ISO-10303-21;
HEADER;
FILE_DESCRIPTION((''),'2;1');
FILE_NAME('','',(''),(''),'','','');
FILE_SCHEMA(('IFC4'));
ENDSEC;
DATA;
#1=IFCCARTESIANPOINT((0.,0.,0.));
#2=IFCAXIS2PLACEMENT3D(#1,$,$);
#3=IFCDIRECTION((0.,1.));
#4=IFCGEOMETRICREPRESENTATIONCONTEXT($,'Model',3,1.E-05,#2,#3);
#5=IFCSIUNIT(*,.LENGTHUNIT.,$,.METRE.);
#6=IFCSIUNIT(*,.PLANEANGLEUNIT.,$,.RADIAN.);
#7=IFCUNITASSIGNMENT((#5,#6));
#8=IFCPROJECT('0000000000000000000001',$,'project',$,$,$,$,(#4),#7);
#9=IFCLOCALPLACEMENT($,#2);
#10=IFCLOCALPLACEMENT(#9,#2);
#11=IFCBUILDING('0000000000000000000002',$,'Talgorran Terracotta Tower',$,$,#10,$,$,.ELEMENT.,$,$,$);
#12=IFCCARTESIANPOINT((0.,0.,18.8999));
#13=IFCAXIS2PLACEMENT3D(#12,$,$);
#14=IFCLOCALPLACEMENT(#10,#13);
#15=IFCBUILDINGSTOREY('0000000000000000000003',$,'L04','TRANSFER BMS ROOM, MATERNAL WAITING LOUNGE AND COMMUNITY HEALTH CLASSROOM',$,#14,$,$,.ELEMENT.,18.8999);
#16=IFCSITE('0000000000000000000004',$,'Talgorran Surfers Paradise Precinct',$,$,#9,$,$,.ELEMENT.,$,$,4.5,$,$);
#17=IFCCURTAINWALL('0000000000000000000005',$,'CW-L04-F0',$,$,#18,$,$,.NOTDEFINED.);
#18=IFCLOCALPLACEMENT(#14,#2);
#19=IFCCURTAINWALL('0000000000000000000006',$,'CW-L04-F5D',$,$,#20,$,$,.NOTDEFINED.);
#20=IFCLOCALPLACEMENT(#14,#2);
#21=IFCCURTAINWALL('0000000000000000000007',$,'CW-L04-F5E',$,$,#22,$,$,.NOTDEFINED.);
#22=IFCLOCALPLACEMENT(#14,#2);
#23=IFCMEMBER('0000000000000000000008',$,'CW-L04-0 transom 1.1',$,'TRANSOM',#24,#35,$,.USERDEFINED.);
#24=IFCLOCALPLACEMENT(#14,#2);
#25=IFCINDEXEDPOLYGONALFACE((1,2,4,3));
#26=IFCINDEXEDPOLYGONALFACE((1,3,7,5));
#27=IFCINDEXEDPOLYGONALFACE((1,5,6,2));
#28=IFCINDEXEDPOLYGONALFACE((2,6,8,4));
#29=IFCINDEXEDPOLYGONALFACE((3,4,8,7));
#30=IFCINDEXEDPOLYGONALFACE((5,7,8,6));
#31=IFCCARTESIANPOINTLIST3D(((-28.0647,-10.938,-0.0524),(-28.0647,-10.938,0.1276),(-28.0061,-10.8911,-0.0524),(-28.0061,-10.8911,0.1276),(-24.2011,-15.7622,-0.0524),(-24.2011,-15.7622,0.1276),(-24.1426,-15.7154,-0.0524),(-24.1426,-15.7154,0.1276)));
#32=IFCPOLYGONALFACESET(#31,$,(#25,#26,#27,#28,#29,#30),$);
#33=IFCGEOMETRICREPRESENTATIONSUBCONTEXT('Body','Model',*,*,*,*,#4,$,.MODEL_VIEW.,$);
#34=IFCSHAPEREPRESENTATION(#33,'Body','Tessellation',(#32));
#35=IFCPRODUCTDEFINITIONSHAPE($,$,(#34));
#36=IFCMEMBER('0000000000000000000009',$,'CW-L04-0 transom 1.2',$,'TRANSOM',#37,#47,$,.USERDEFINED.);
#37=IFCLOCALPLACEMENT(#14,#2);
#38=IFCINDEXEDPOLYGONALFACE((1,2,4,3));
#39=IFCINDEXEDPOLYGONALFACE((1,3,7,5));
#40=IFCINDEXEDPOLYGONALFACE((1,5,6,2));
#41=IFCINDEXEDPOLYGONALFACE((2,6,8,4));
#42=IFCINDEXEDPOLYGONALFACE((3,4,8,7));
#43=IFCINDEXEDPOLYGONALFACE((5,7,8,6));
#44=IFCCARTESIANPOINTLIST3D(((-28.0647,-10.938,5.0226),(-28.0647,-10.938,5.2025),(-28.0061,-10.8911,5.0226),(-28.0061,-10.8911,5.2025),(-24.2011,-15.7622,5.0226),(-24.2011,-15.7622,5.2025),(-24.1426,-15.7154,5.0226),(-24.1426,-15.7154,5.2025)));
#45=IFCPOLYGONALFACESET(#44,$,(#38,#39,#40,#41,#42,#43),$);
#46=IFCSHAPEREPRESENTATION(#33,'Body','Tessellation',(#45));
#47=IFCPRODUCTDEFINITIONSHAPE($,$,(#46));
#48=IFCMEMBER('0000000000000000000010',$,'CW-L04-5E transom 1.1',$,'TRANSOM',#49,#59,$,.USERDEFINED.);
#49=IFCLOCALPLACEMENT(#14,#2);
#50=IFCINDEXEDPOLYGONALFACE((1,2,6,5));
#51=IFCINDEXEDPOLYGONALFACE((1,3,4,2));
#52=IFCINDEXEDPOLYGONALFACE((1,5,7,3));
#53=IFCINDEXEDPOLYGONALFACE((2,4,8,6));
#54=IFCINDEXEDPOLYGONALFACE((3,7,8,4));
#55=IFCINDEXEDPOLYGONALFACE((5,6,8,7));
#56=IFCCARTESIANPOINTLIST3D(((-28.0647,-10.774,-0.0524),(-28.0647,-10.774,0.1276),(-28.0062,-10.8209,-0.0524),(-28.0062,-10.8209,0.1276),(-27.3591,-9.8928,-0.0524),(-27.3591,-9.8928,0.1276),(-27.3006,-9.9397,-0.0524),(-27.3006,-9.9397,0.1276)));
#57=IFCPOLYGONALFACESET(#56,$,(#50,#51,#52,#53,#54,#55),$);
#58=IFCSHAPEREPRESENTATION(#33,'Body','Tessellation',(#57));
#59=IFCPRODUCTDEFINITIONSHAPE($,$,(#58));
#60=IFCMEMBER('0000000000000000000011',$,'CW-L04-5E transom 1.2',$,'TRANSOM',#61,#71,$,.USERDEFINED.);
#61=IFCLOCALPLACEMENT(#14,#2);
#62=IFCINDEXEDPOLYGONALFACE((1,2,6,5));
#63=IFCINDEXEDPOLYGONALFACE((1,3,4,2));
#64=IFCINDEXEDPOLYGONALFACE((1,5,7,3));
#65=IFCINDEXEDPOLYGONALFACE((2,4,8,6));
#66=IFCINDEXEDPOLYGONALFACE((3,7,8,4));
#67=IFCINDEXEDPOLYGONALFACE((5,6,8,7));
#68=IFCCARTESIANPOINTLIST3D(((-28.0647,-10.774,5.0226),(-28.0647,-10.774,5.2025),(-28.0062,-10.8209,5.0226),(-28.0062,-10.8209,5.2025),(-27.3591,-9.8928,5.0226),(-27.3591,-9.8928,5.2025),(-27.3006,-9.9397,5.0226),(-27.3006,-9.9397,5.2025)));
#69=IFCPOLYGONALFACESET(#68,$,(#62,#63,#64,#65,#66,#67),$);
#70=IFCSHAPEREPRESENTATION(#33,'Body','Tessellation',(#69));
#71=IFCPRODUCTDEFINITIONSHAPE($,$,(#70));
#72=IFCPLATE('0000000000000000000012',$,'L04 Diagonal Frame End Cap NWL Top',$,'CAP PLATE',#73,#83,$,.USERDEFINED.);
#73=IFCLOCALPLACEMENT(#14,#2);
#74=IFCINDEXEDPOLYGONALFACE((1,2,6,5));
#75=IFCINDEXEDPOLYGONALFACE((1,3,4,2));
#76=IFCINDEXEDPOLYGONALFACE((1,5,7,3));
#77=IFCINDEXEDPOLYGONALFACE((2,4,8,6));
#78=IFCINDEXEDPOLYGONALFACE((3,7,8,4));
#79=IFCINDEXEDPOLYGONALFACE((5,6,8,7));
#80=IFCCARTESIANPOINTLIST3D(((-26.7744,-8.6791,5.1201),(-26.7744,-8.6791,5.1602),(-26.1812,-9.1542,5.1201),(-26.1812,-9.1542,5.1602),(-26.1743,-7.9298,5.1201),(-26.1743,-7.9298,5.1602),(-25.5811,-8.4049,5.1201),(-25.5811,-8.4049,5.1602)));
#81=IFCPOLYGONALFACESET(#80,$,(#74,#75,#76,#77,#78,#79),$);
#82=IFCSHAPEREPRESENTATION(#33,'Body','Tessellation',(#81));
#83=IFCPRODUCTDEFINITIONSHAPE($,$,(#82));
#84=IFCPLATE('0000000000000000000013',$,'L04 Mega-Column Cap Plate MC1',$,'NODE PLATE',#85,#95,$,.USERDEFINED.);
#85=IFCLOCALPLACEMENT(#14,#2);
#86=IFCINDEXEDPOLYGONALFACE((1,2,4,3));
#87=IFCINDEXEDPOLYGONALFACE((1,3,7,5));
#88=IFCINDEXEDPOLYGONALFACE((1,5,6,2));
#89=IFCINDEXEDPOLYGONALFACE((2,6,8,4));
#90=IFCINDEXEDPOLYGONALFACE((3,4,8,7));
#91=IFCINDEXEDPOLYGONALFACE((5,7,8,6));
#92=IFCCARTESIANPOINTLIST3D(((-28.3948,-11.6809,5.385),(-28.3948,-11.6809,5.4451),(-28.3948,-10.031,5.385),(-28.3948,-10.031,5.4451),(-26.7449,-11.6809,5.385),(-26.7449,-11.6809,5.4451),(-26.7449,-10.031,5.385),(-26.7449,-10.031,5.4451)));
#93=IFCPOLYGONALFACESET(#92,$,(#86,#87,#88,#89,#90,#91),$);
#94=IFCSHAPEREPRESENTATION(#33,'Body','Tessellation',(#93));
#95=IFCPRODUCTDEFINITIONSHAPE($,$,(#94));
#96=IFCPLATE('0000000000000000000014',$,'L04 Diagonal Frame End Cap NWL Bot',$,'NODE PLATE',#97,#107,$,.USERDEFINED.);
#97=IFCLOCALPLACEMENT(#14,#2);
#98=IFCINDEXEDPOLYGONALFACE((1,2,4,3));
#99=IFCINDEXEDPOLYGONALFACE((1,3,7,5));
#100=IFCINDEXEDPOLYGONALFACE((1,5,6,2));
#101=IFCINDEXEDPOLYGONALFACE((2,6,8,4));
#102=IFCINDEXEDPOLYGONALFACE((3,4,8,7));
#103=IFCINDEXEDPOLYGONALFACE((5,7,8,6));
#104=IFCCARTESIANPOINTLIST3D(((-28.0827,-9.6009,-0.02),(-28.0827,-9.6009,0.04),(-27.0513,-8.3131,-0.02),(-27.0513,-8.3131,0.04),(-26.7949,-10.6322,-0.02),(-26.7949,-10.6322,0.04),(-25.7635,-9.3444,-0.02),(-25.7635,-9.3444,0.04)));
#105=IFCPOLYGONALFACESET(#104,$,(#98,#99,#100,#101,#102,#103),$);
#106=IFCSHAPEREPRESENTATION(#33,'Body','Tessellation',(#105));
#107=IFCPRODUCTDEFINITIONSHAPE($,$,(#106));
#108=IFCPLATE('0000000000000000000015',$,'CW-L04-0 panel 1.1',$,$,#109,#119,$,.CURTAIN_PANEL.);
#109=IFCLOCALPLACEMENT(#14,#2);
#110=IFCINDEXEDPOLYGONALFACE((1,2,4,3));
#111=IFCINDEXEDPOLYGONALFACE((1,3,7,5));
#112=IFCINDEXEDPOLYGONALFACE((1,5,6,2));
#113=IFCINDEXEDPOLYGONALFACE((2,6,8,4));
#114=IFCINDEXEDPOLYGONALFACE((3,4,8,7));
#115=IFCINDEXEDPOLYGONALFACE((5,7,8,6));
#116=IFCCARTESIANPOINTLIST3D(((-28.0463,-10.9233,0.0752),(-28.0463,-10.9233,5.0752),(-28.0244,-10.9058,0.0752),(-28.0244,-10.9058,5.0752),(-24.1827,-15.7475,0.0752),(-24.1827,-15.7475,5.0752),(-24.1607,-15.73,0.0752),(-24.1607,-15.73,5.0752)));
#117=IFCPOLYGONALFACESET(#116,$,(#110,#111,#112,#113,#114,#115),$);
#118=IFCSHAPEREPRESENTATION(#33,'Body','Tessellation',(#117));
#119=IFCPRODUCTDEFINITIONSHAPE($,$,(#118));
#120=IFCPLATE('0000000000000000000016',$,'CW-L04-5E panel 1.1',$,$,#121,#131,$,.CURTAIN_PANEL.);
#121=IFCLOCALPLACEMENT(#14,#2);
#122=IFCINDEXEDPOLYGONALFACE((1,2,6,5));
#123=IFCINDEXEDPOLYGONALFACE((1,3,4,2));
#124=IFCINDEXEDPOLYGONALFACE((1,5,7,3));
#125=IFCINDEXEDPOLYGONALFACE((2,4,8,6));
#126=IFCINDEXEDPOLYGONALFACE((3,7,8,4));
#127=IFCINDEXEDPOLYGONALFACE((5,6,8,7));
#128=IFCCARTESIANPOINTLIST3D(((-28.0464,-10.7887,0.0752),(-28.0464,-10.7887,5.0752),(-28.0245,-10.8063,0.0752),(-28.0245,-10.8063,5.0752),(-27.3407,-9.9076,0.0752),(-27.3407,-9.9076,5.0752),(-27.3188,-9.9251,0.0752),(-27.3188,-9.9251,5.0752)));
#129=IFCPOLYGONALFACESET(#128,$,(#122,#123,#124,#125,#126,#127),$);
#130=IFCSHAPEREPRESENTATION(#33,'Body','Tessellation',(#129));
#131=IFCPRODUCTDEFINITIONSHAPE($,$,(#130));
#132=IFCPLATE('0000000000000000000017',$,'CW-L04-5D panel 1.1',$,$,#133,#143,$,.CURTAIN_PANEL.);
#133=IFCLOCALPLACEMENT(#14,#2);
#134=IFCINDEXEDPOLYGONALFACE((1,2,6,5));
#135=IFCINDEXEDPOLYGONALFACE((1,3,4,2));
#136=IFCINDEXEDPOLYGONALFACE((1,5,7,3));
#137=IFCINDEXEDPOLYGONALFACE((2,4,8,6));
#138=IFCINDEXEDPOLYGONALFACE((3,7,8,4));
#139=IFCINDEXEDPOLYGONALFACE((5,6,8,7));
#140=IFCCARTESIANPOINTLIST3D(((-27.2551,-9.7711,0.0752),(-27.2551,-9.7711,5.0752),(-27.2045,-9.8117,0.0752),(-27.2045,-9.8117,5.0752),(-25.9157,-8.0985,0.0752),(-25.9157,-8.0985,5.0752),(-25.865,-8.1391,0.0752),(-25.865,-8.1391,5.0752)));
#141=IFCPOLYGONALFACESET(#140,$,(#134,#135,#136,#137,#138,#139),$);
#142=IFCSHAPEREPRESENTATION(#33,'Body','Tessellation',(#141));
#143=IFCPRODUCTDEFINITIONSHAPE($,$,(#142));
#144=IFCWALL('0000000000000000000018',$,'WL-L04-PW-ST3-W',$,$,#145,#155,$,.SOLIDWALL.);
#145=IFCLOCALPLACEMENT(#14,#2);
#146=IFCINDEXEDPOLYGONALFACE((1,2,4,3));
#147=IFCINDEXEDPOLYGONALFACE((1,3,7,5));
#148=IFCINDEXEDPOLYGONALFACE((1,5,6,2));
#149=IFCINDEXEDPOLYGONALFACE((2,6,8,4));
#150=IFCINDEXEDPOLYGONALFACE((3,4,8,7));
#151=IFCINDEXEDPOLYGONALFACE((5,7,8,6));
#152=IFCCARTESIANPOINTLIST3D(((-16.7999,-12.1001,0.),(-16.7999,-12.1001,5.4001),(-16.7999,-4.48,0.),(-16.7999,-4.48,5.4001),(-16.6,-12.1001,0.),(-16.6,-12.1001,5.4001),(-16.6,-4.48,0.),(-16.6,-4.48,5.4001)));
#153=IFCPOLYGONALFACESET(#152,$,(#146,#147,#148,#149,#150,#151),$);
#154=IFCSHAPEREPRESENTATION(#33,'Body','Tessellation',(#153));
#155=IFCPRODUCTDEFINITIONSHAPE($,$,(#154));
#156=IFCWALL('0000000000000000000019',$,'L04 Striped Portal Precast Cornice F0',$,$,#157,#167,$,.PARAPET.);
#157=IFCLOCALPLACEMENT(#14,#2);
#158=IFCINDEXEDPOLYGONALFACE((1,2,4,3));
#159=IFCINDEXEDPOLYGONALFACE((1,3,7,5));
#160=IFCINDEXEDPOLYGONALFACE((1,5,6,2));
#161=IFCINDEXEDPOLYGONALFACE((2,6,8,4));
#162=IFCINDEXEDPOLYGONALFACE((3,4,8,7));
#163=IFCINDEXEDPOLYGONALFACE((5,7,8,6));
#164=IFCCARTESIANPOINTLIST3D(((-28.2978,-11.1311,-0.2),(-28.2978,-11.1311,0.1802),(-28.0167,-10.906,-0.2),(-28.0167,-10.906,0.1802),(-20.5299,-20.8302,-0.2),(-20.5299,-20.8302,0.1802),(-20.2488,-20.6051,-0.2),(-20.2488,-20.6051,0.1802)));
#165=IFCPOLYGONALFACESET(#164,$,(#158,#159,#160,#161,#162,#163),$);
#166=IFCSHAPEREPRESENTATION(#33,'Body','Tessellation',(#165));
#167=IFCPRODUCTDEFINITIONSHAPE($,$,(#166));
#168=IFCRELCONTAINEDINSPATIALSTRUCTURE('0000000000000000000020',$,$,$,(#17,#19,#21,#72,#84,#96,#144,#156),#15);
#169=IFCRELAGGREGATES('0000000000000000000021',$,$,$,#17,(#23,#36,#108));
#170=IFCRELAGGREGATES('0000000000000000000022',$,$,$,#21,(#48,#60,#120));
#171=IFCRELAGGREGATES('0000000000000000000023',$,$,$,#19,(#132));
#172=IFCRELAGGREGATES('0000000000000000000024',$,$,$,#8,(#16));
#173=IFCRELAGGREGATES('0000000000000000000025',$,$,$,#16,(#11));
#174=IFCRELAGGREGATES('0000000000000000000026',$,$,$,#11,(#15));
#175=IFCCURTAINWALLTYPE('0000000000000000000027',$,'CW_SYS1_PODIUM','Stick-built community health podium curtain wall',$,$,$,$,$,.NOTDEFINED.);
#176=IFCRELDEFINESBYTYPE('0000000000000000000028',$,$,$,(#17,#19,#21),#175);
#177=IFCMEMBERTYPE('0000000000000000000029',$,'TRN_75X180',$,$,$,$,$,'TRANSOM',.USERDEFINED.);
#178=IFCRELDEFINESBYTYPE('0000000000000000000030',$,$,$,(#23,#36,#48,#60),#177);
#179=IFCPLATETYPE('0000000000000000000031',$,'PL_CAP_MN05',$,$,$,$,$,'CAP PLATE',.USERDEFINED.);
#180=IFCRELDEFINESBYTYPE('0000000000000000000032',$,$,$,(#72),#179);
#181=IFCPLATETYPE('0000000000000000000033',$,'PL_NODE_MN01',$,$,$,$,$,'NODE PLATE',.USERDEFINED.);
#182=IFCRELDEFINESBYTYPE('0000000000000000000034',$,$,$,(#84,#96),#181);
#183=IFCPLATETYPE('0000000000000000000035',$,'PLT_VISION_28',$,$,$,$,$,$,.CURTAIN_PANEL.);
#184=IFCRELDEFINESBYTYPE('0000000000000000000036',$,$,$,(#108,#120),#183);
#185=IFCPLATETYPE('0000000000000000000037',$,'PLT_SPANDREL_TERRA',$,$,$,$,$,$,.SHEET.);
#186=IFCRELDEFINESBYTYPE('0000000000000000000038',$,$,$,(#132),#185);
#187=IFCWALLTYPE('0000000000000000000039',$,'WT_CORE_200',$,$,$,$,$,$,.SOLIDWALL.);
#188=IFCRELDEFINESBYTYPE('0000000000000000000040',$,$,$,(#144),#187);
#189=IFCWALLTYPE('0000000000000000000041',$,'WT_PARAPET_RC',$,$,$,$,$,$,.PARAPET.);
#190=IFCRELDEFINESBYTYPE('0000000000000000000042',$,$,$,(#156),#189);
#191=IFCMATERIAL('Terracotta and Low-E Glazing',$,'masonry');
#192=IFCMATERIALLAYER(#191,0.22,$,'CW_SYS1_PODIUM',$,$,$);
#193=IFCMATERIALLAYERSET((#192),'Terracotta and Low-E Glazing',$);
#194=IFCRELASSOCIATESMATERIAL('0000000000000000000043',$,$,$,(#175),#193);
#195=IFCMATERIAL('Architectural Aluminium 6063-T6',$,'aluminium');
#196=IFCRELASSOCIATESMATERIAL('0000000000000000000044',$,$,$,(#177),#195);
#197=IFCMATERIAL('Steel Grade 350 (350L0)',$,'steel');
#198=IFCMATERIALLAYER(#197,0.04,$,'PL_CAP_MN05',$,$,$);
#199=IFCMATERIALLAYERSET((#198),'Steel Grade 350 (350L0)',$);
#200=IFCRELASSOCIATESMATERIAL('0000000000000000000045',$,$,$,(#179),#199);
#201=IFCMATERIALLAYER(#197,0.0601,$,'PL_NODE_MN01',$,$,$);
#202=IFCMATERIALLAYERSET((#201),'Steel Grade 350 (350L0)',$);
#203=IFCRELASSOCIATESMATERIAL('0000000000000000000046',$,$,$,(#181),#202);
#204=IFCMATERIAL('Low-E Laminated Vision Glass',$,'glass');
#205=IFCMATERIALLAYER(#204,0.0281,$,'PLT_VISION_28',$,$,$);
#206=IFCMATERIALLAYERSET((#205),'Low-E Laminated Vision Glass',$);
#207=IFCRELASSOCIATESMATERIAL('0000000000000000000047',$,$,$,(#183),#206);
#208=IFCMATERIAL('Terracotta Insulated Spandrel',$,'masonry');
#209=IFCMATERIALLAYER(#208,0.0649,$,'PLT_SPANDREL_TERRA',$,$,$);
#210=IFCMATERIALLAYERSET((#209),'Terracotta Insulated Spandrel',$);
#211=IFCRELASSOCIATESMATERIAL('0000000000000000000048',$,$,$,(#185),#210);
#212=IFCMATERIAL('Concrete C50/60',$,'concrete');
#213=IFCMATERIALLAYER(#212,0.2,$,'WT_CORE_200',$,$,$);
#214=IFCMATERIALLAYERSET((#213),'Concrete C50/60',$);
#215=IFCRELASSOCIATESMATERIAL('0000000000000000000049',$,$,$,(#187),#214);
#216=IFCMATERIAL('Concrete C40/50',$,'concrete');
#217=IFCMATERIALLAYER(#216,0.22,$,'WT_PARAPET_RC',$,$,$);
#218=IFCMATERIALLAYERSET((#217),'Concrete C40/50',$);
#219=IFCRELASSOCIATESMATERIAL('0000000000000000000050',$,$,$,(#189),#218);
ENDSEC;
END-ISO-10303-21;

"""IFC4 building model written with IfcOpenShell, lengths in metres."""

from ifc_helpers import new_model, si_unit, direction, frame, frame_2d, origin, origin_2d, place, context, subcontext, project, spatial, rectangle, extrude, source, transform, mapped, material, layer, layer_set, material_profile, profile_set, type_object, type_shapes, element, aggregate, save


model = new_model("IFC4")

# Units and contexts
model_context = context("Model", 3, precision=1e-05, world=origin(), true_north=direction((0.0, 1.0)))
body_context = subcontext(model_context, "Body", "Model", "MODEL_VIEW")
ifc_project = project(units=[si_unit("LENGTHUNIT", "METRE"), si_unit("PLANEANGLEUNIT", "RADIAN")], contexts=[model_context])

# Site, building, storey
site_placement = place(None, origin())
site = spatial("IfcSite", under=ifc_project, at=site_placement, Name="Talgorran Surfers Paradise Precinct", CompositionType="ELEMENT", RefElevation=4.5)
building_placement = place(site_placement, origin())
building = spatial("IfcBuilding", under=site, at=building_placement, Name="Talgorran Terracotta Tower", CompositionType="ELEMENT")
storey_placement = place(building_placement, frame((0.0, 0.0, 18.8999)))
storey = spatial("IfcBuildingStorey", under=building, at=storey_placement, Name="L04", Description="TRANSFER BMS ROOM, MATERNAL WAITING LOUNGE AND COMMUNITY HEALTH CLASSROOM", CompositionType="ELEMENT", Elevation=18.8999)

# Shared definitions
ifc_material_1 = material(Name="Steel Grade 350 (350L0)", Category="steel")

# Curtain wall
ifc_material_2 = material(Name="Terracotta and Low-E Glazing", Category="masonry")
ifc_layer_1 = layer(ifc_material_2, 0.22, Name="CW_SYS1_PODIUM")
ifc_layer_set_1 = layer_set([ifc_layer_1], Name="Terracotta and Low-E Glazing")
curtain_wall_type = type_object("IfcCurtainWallType", Name="CW_SYS1_PODIUM", Description="Stick-built community health podium curtain wall", PredefinedType="NOTDEFINED", material=ifc_layer_set_1)
curtain_wall_1_placement = place(storey_placement, origin())
curtain_wall_1 = element("IfcCurtainWall", 1, at=curtain_wall_1_placement, inside=storey, type_object=curtain_wall_type, Name="CW-L04-F0", PredefinedType="NOTDEFINED")
ifc_material_3 = material(Name="Architectural Aluminium 6063-T6", Category="aluminium")

# Curtain wall
curtain_wall_2_placement = place(storey_placement, origin())
curtain_wall_2 = element("IfcCurtainWall", 2, at=curtain_wall_2_placement, inside=storey, type_object=curtain_wall_type, Name="CW-L04-F5D", PredefinedType="NOTDEFINED")

# Curtain wall
curtain_wall_3_placement = place(storey_placement, origin())
curtain_wall_3 = element("IfcCurtainWall", 3, at=curtain_wall_3_placement, inside=storey, type_object=curtain_wall_type, Name="CW-L04-F5E", PredefinedType="NOTDEFINED")

# Members
ifc_material_profile_1 = material_profile(ifc_material_3, rectangle(XDim=0.075, YDim=0.1799, at=origin_2d()), Name="CWT75X180")
ifc_profile_set_1 = profile_set([ifc_material_profile_1], Name="Architectural Aluminium 6063-T6")
member_type_1 = type_object("IfcMemberType", Name="TRN_75X180", ElementType="TRANSOM", PredefinedType="USERDEFINED", material=ifc_profile_set_1)
member_1_placement = place(storey_placement, frame((-28.0354, -10.9146, 0.0376), z_axis=(0.625104, -0.780541, 0.0), x_axis=(0.780541, 0.625104, 0.0)))
member_1 = element("IfcMember", 4, at=member_1_placement, type_object=member_type_1, Name="CW-L04-0 transom 1.1", ObjectType="TRANSOM", PredefinedType="USERDEFINED", context=body_context, shape_type="SweptSolid", body=[
    extrude(rectangle(XDim=0.075, YDim=0.1799, at=origin_2d()), origin(), (0.0, 0.0, 1.0), 6.1807),
])
member_2_placement = place(storey_placement, frame((-28.0354, -10.9146, 5.1125), z_axis=(0.625104, -0.780541, 0.0), x_axis=(0.780541, 0.625104, 0.0)))
member_2 = element("IfcMember", 5, at=member_2_placement, type_object=member_type_1, Name="CW-L04-0 transom 1.2", ObjectType="TRANSOM", PredefinedType="USERDEFINED", context=body_context, shape_type="SweptSolid", body=[
    extrude(rectangle(XDim=0.075, YDim=0.1799, at=origin_2d()), origin(), (0.0, 0.0, 1.0), 6.1807),
])
member_3_placement = place(storey_placement, frame((-27.3298, -9.9163, 0.0376), z_axis=(-0.625064, -0.780573, 0.0), x_axis=(0.780573, -0.625064, 0.0)))
member_3 = element("IfcMember", 6, at=member_3_placement, type_object=member_type_1, Name="CW-L04-5E transom 1.1", ObjectType="TRANSOM", PredefinedType="USERDEFINED", context=body_context, shape_type="SweptSolid", body=[
    extrude(rectangle(XDim=0.075, YDim=0.1799, at=origin_2d()), origin(), (0.0, 0.0, 1.0), 1.1289),
])
member_4_placement = place(storey_placement, frame((-27.3298, -9.9163, 5.1125), z_axis=(-0.625064, -0.780573, 0.0), x_axis=(0.780573, -0.625064, 0.0)))
member_4 = element("IfcMember", 7, at=member_4_placement, type_object=member_type_1, Name="CW-L04-5E transom 1.2", ObjectType="TRANSOM", PredefinedType="USERDEFINED", context=body_context, shape_type="SweptSolid", body=[
    extrude(rectangle(XDim=0.075, YDim=0.1799, at=origin_2d()), origin(), (0.0, 0.0, 1.0), 1.1289),
])

# Plates
ifc_layer_2 = layer(ifc_material_1, 0.04, Name="PL_CAP_MN05")
ifc_layer_set_2 = layer_set([ifc_layer_2], Name="Steel Grade 350 (350L0)")
plate_type_1 = type_object("IfcPlateType", Name="PL_CAP_MN05", ElementType="CAP PLATE", PredefinedType="USERDEFINED", material=ifc_layer_set_2)
plate_1_placement = place(storey_placement, frame((-26.1777, -8.542, 5.1201), z_axis=(0.0, 0.0, 1.0), x_axis=(0.625106, 0.78054, 0.0)))
element("IfcPlate", 8, at=plate_1_placement, inside=storey, type_object=plate_type_1, Name="L04 Diagonal Frame End Cap NWL Top", ObjectType="CAP PLATE", PredefinedType="USERDEFINED", context=body_context, shape_type="SweptSolid", body=[
    extrude(rectangle(XDim=0.96, YDim=0.76, at=origin_2d()), origin(), (0.0, 0.0, 1.0), 0.04),
])
ifc_layer_3 = layer(ifc_material_1, 0.0601, Name="PL_NODE_MN01")
ifc_layer_set_3 = layer_set([ifc_layer_3], Name="Steel Grade 350 (350L0)")
plate_type_2 = type_object("IfcPlateType", Name="PL_NODE_MN01", ElementType="NODE PLATE", PredefinedType="USERDEFINED", material=ifc_layer_set_3)
for number, where, z_axis, x_axis, name in (
    (9, (-27.5698, -10.856, 5.385), (0.0, 0.0, 1.0), (1.0, 0.0, 0.0), "L04 Mega-Column Cap Plate MC1"),
    (10, (-26.9231, -9.4727, -0.02), (0.0, 0.0, 1.0), (0.625106, 0.78054, 0.0), "L04 Diagonal Frame End Cap NWL Bot"),
):
    element("IfcPlate", number, at=place(storey_placement, frame(where, z_axis=z_axis, x_axis=x_axis)), inside=storey, type_object=plate_type_2, Name=name, ObjectType="NODE PLATE", PredefinedType="USERDEFINED", context=body_context, shape_type="SweptSolid", body=[
        extrude(rectangle(XDim=1.6499, YDim=1.6499, at=origin_2d()), origin(), (0.0, 0.0, 1.0), 0.0601),
    ])

# Plates
ifc_material_4 = material(Name="Low-E Laminated Vision Glass", Category="glass")
ifc_layer_4 = layer(ifc_material_4, 0.0281, Name="PLT_VISION_28")
ifc_layer_set_4 = layer_set([ifc_layer_4], Name="Low-E Laminated Vision Glass")
plate_type_3 = type_object("IfcPlateType", Name="PLT_VISION_28", PredefinedType="CURTAIN_PANEL", material=ifc_layer_set_4)
shared_shape_1 = source(origin(), body_context, "Body", "SweptSolid", [
    extrude(rectangle(XDim=6.1807, YDim=0.0281, at=origin_2d()), origin(), (0.0, 0.0, 1.0), 5.0),
])
plate_2_placement = place(storey_placement, frame((-26.1035, -13.3267, 0.0752), z_axis=(0.0, 0.0, 1.0), x_axis=(0.625116, -0.780532, 0.0)))
plate_2 = element("IfcPlate", 11, at=plate_2_placement, type_object=plate_type_3, Name="CW-L04-0 panel 1.1", PredefinedType="CURTAIN_PANEL", context=body_context, shape_type="MappedRepresentation", body=[
    mapped(shared_shape_1, transform((0.0, 0.0, 0.0), scale=1.0)),
])
aggregate(curtain_wall_1, [member_1, member_2, plate_2])
shared_shape_2 = source(origin(), body_context, "Body", "SweptSolid", [
    extrude(rectangle(XDim=1.1289, YDim=0.0281, at=origin_2d()), origin(), (0.0, 0.0, 1.0), 5.0),
])
type_shapes(plate_type_3, [shared_shape_1, shared_shape_2])
plate_3_placement = place(storey_placement, frame((-27.6826, -10.3569, 0.0752), z_axis=(0.0, 0.0, 1.0), x_axis=(-0.625095, -0.780548, 0.0)))
plate_3 = element("IfcPlate", 12, at=plate_3_placement, type_object=plate_type_3, Name="CW-L04-5E panel 1.1", PredefinedType="CURTAIN_PANEL", context=body_context, shape_type="MappedRepresentation", body=[
    mapped(shared_shape_2, transform((0.0, 0.0, 0.0), scale=1.0)),
])
aggregate(curtain_wall_3, [member_3, member_4, plate_3])
ifc_material_5 = material(Name="Terracotta Insulated Spandrel", Category="masonry")
ifc_layer_5 = layer(ifc_material_5, 0.0649, Name="PLT_SPANDREL_TERRA")
ifc_layer_set_5 = layer_set([ifc_layer_5], Name="Terracotta Insulated Spandrel")
plate_type_4 = type_object("IfcPlateType", Name="PLT_SPANDREL_TERRA", PredefinedType="SHEET", material=ifc_layer_set_5)
shared_shape_3 = source(origin(), body_context, "Body", "SweptSolid", [
    extrude(rectangle(XDim=2.1428, YDim=0.0649, at=origin_2d()), origin(), (0.0, 0.0, 1.0), 5.0),
])
type_shapes(plate_type_4, [shared_shape_3])
plate_4_placement = place(storey_placement, frame((-26.5601, -8.9551, 0.0752), z_axis=(0.0, 0.0, 1.0), x_axis=(-0.625104, -0.780541, 0.0)))
plate_4 = element("IfcPlate", 13, at=plate_4_placement, type_object=plate_type_4, Name="CW-L04-5D panel 1.1", PredefinedType="CURTAIN_PANEL", context=body_context, shape_type="MappedRepresentation", body=[
    mapped(shared_shape_3, transform((0.0, 0.0, 0.0), scale=1.0)),
])
aggregate(curtain_wall_2, [plate_4])

# Walls
ifc_material_6 = material(Name="Concrete C50/60", Category="concrete")
ifc_layer_6 = layer(ifc_material_6, 0.2, Name="WT_CORE_200")
ifc_layer_set_6 = layer_set([ifc_layer_6], Name="Concrete C50/60")
wall_type_1 = type_object("IfcWallType", Name="WT_CORE_200", PredefinedType="SOLIDWALL", material=ifc_layer_set_6)
wall_1_placement = place(storey_placement, frame((-16.7, -12.1001, 0.0), z_axis=(0.0, 0.0, 1.0), x_axis=(0.0, 1.0, 0.0)))
element("IfcWall", 14, at=wall_1_placement, inside=storey, type_object=wall_type_1, Name="WL-L04-PW-ST3-W", PredefinedType="SOLIDWALL", context=body_context, shape_type="SweptSolid", body=[
    extrude(rectangle(XDim=7.6201, YDim=0.2, at=frame_2d((3.8101, 0.0))), origin(), (0.0, 0.0, 1.0), 5.4001),
])
ifc_material_7 = material(Name="Concrete C40/50", Category="concrete")
ifc_layer_7 = layer(ifc_material_7, 0.22, Name="WT_PARAPET_RC")
ifc_layer_set_7 = layer_set([ifc_layer_7], Name="Concrete C40/50")
wall_type_2 = type_object("IfcWallType", Name="WT_PARAPET_RC", PredefinedType="PARAPET", material=ifc_layer_set_7)
wall_2_placement = place(storey_placement, frame((-28.1572, -11.0186, -0.2), z_axis=(0.0, 0.0, 1.0), x_axis=(0.625119, -0.780529, 0.0)))
element("IfcWall", 15, at=wall_2_placement, inside=storey, type_object=wall_type_2, Name="L04 Striped Portal Precast Cornice F0", PredefinedType="PARAPET", context=body_context, shape_type="SweptSolid", body=[
    extrude(rectangle(XDim=12.4263, YDim=0.3601, at=frame_2d((6.2131, 0.0))), origin(), (0.0, 0.0, 1.0), 0.3801),
])

save(model, "model.ifc")
